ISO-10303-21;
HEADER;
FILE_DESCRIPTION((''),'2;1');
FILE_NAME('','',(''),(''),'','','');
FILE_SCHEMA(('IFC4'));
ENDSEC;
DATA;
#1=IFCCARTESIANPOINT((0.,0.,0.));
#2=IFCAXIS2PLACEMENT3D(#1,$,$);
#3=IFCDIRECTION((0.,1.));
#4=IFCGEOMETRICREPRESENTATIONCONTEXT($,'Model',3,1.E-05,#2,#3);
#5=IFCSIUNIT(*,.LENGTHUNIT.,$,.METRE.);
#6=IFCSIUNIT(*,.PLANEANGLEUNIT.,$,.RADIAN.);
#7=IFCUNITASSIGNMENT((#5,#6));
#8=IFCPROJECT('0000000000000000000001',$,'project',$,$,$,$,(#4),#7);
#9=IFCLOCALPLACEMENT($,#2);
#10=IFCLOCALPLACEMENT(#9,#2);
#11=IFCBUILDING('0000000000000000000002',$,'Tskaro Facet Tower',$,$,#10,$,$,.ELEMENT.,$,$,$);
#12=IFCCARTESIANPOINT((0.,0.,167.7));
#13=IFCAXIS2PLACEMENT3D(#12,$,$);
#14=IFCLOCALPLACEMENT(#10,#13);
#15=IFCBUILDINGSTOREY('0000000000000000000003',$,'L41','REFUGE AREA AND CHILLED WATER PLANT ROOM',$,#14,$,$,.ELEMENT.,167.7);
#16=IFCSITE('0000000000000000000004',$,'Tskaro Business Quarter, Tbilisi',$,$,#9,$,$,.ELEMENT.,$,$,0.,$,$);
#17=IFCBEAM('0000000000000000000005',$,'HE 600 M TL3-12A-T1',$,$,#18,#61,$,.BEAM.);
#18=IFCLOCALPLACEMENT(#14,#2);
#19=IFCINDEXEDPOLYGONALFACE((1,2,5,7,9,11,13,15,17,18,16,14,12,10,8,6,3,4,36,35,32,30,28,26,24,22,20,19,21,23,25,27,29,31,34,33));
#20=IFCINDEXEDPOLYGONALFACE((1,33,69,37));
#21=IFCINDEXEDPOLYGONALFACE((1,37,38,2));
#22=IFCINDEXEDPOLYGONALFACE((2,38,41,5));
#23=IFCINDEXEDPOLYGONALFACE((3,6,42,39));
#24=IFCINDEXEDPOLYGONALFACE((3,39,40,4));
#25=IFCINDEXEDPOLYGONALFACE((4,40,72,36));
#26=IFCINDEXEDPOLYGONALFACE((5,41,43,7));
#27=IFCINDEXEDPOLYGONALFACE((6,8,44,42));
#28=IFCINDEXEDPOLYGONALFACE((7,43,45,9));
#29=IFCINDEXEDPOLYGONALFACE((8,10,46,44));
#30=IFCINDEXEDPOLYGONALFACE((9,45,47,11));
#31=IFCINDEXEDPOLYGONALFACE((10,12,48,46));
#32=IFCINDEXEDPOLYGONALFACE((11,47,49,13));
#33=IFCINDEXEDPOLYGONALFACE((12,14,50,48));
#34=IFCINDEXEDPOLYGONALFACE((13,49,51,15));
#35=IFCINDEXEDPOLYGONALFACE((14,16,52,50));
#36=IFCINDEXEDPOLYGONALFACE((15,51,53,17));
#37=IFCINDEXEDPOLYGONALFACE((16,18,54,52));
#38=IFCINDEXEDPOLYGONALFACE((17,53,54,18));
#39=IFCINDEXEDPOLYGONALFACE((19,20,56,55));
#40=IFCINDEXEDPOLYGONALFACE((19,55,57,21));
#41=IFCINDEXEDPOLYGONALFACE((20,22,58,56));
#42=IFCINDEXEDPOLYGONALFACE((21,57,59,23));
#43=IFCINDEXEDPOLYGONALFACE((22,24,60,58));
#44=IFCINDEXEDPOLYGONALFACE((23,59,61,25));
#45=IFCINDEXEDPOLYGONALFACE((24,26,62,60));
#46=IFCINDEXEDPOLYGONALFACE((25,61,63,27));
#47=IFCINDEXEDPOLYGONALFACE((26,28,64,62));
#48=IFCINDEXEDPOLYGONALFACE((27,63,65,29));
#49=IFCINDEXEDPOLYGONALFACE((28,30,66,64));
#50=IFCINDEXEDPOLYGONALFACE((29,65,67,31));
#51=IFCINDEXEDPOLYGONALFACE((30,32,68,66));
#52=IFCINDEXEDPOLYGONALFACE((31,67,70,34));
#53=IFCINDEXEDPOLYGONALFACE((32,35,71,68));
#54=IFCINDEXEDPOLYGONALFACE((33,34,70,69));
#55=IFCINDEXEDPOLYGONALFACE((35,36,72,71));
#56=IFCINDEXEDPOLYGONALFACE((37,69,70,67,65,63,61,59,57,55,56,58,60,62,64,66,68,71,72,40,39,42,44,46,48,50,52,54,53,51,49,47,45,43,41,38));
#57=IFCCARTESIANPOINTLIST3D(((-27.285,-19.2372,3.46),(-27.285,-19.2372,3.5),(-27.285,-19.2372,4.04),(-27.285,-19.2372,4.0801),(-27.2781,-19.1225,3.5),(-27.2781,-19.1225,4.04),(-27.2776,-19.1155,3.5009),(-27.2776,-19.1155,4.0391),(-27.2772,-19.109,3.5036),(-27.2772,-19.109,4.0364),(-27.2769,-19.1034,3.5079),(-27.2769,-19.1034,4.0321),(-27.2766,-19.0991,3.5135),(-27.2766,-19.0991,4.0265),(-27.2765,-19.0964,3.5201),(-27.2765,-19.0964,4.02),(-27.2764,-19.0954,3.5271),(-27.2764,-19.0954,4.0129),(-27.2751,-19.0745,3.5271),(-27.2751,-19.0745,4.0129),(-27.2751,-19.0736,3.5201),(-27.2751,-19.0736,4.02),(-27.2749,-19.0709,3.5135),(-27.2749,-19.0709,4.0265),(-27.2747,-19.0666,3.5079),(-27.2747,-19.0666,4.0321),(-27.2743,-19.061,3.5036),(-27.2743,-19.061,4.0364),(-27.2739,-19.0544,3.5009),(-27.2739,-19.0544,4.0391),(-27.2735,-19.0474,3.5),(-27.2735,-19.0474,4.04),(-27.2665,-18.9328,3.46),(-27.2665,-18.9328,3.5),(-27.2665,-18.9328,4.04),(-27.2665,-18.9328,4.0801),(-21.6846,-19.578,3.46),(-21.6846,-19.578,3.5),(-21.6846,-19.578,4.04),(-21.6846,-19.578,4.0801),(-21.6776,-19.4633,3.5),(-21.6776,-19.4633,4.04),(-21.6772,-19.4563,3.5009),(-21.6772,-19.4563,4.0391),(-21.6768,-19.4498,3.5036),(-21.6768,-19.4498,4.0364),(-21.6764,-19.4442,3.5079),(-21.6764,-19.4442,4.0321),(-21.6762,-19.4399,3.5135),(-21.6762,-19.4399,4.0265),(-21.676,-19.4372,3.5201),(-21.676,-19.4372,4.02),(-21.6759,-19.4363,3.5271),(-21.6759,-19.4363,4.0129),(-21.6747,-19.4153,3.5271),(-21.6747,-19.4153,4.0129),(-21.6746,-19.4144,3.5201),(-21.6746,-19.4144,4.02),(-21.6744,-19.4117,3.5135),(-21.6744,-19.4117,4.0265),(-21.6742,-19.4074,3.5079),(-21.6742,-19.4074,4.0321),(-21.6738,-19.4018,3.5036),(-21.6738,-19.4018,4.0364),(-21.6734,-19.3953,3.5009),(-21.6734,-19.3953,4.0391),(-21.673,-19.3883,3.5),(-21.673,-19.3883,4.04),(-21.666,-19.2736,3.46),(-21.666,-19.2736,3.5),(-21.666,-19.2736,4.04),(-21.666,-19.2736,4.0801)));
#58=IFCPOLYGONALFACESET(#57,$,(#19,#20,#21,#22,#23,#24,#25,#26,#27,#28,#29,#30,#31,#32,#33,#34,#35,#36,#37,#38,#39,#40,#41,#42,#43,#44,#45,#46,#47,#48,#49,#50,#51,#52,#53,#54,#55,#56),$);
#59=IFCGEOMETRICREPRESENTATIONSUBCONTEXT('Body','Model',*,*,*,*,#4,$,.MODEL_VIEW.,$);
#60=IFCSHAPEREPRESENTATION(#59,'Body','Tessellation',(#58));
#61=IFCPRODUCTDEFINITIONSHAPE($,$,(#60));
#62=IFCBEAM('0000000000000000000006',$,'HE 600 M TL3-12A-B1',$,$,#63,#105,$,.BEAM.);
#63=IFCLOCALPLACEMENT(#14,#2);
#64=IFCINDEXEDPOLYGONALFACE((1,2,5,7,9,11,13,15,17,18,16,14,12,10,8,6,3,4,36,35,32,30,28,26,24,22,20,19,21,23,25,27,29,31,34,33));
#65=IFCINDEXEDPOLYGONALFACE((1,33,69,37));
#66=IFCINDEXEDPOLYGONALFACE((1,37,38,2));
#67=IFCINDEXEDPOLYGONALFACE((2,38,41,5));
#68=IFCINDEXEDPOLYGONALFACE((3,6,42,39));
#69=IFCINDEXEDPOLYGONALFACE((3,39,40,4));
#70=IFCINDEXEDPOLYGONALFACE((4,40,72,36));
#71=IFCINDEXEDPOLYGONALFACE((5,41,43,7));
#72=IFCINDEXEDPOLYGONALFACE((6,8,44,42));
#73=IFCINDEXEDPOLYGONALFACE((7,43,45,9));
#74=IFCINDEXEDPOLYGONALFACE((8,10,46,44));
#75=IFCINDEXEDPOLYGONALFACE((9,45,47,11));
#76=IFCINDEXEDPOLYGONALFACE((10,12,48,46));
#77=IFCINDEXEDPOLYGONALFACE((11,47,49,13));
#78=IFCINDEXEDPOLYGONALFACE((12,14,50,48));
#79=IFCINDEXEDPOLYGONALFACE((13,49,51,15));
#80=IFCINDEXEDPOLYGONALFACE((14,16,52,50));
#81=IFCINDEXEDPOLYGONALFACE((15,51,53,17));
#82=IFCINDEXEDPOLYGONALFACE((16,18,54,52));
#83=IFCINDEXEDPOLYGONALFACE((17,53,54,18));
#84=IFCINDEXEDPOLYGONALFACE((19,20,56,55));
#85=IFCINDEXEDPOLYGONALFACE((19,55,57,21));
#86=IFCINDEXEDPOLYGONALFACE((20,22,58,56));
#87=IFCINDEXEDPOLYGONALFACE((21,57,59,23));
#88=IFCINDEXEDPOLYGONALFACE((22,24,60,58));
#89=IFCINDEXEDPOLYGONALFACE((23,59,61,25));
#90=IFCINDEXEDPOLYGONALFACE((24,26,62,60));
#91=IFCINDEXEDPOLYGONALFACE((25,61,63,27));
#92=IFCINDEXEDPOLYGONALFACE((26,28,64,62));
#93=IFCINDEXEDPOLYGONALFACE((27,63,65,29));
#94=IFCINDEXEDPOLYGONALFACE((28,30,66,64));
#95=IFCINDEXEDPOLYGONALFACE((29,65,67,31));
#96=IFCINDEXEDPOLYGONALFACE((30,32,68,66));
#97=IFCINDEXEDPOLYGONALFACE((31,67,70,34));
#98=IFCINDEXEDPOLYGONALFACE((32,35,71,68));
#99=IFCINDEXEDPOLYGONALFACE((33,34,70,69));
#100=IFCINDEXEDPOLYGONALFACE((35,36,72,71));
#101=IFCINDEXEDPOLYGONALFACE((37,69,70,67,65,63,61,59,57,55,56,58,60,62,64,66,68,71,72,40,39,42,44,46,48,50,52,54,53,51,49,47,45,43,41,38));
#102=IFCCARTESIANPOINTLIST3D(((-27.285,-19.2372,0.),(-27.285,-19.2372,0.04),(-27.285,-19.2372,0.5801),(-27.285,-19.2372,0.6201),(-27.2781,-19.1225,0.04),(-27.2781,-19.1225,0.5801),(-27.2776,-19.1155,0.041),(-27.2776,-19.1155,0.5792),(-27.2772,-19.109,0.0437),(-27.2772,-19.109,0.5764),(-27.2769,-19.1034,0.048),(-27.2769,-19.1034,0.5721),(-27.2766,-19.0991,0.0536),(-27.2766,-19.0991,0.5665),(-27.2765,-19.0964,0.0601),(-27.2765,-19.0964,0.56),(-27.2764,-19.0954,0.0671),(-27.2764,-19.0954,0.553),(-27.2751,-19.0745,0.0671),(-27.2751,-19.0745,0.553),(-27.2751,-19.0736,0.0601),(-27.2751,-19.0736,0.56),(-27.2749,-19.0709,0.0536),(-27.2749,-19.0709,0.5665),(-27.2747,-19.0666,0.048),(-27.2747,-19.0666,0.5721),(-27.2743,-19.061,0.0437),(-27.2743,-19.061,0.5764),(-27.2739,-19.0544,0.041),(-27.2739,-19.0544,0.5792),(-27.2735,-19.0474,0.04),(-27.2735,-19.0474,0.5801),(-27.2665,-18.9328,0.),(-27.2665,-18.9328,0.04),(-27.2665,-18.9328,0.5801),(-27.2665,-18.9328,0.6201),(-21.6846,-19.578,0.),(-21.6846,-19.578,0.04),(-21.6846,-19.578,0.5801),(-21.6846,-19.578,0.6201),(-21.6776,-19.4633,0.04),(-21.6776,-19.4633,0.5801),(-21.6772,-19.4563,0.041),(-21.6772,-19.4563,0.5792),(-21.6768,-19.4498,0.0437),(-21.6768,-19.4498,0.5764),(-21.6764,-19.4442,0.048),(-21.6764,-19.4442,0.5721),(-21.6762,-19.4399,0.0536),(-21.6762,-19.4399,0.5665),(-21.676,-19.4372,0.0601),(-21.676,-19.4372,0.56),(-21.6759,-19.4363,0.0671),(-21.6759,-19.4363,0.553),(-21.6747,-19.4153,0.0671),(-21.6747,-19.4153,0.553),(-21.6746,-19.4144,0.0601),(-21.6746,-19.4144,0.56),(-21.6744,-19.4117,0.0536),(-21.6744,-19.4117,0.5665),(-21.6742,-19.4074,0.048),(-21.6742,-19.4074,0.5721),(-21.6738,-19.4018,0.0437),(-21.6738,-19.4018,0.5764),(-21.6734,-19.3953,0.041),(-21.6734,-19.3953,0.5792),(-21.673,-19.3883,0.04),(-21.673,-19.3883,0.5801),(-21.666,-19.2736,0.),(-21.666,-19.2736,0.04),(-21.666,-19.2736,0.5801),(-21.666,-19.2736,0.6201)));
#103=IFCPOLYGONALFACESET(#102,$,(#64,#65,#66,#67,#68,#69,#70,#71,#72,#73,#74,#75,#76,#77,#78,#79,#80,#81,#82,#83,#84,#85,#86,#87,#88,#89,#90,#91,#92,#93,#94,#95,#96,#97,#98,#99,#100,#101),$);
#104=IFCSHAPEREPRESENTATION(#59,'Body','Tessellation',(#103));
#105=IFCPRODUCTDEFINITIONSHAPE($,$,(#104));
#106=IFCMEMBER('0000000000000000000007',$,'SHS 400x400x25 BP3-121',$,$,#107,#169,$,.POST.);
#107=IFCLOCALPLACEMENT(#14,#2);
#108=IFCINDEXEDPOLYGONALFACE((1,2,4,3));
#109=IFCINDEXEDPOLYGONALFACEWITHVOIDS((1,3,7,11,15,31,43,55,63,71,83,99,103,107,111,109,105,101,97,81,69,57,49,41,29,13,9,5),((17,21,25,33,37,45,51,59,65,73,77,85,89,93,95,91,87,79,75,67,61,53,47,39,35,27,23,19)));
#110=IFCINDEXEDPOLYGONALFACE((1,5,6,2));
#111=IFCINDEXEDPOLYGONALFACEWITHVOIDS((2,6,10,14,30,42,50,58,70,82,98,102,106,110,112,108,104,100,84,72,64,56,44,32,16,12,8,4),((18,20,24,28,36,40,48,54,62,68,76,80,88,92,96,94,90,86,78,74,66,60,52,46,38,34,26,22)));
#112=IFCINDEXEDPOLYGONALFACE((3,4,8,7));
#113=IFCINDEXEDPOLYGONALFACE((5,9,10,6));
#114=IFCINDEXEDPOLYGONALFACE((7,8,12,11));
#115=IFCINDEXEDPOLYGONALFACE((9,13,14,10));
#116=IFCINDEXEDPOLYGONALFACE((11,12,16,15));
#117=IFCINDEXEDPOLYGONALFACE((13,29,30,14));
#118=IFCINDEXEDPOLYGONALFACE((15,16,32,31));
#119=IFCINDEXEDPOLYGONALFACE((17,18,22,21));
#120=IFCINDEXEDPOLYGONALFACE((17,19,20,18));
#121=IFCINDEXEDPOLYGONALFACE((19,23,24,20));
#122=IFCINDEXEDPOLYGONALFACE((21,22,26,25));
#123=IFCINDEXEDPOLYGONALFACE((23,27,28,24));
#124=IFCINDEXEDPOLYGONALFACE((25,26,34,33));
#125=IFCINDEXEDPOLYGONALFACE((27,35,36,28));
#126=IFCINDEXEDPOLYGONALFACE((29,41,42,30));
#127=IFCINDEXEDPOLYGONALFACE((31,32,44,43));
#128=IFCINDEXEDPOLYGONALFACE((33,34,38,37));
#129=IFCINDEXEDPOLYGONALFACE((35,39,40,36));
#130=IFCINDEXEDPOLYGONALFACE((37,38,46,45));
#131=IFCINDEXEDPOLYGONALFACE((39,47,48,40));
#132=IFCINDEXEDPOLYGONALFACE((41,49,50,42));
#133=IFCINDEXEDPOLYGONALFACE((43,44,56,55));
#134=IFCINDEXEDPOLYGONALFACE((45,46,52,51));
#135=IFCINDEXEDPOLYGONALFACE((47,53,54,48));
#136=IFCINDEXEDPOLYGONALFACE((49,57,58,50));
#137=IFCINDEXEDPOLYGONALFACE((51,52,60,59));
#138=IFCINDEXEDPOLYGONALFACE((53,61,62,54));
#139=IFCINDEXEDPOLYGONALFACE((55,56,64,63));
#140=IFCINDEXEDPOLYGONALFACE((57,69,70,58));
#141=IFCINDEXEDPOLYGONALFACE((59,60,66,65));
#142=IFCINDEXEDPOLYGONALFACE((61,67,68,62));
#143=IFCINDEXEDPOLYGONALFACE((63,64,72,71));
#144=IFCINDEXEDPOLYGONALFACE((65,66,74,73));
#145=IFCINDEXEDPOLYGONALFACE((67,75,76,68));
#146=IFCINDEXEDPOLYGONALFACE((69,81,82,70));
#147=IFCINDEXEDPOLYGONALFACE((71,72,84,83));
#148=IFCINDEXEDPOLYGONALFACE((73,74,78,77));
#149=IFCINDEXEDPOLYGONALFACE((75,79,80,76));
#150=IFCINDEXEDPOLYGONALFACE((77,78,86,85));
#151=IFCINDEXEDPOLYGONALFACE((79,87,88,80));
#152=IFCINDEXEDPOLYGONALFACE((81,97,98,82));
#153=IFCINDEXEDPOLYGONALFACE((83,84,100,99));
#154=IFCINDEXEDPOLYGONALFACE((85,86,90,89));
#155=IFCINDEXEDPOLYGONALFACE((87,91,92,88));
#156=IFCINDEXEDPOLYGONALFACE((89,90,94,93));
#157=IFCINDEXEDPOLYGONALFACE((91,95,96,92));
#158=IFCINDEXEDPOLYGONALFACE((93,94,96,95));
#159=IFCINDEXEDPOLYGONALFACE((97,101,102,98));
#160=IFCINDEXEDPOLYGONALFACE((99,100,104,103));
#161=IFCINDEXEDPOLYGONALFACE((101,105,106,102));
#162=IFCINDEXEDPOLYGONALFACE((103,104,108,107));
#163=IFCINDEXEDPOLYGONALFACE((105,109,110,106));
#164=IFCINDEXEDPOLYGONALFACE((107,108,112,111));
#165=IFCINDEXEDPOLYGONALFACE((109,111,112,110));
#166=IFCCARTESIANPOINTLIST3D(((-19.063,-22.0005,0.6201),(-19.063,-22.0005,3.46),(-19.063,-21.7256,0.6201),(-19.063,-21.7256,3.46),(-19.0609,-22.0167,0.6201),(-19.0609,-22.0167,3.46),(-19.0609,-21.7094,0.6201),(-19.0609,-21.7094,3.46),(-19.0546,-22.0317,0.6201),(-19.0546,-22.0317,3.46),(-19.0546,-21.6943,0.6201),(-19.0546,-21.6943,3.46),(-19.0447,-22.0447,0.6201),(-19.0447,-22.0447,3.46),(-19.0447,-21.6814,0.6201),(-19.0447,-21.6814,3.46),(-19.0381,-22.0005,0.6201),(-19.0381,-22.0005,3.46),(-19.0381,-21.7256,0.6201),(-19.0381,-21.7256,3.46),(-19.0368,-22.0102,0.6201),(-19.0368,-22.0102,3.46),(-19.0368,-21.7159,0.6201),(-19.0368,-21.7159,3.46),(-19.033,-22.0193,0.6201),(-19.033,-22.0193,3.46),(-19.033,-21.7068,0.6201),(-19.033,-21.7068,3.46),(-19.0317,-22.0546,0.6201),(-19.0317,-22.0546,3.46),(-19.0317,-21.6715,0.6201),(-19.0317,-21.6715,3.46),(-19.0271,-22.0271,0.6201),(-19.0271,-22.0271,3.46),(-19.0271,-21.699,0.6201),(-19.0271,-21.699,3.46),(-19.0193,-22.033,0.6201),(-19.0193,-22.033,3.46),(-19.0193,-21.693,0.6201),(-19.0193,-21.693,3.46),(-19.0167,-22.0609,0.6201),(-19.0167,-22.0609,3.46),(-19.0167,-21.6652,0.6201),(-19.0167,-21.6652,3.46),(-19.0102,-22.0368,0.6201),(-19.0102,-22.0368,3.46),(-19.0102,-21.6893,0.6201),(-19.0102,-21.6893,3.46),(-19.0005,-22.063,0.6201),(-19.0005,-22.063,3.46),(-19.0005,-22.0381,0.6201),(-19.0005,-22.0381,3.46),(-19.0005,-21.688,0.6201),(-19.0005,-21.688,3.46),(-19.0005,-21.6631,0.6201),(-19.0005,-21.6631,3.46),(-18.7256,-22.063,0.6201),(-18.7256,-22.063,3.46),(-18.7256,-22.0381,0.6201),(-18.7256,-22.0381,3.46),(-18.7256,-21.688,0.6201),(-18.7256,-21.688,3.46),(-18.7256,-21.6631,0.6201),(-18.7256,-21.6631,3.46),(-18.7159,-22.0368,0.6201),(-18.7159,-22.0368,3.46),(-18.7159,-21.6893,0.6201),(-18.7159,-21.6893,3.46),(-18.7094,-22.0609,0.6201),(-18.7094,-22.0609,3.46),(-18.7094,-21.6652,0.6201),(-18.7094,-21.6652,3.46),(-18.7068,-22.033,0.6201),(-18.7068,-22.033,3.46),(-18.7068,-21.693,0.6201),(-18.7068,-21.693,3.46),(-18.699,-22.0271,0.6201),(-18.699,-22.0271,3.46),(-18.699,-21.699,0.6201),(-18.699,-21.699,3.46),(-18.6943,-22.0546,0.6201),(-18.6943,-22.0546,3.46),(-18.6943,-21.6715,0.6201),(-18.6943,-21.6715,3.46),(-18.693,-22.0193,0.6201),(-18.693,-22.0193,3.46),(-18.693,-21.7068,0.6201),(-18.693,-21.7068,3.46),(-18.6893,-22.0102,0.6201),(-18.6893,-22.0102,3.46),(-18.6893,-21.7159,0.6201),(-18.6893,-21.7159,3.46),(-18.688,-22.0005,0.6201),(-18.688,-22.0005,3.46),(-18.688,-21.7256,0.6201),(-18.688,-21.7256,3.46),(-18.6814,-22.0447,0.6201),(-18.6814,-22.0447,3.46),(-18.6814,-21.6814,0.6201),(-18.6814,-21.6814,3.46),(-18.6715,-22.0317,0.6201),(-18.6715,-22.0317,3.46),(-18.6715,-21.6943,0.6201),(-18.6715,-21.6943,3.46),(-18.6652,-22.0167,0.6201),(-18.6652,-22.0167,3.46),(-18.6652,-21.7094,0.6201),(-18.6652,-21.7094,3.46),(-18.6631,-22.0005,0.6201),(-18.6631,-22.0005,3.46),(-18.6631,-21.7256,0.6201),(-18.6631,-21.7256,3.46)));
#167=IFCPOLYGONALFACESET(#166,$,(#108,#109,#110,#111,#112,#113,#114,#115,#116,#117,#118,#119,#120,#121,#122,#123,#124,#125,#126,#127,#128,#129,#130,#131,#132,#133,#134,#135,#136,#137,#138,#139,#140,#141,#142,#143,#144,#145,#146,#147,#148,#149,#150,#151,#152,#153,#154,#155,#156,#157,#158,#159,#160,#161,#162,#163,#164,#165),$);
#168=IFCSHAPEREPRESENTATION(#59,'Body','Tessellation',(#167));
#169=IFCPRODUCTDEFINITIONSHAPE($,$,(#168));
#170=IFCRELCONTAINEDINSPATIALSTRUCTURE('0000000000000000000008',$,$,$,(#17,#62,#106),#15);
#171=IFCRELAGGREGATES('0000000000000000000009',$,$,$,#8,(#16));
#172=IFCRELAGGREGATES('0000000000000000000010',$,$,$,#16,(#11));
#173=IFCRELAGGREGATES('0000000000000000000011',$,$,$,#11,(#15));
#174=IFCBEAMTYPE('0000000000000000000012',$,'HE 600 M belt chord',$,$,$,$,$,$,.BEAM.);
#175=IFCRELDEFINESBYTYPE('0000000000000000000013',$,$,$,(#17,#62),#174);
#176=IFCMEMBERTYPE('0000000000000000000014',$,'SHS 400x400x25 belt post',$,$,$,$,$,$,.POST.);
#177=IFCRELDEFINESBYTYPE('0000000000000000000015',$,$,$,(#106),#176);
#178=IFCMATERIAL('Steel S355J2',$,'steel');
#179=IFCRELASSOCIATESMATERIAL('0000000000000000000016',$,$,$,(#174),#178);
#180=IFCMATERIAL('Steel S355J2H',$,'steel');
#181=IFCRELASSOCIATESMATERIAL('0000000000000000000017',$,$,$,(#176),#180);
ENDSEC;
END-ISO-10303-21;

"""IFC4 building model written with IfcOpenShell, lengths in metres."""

from ifc_helpers import new_model, si_unit, direction, frame, origin, origin_2d, place, context, subcontext, project, spatial, hollow_rectangle, i_section, extrude, material, material_profile, profile_set, type_object, element, save


model = new_model("IFC4")

# Units and contexts
model_context = context("Model", 3, precision=1e-05, world=origin(), true_north=direction((0.0, 1.0)))
body_context = subcontext(model_context, "Body", "Model", "MODEL_VIEW")
ifc_project = project(units=[si_unit("LENGTHUNIT", "METRE"), si_unit("PLANEANGLEUNIT", "RADIAN")], contexts=[model_context])

# Site, building, storey
site_placement = place(None, origin())
site = spatial("IfcSite", under=ifc_project, at=site_placement, Name="Tskaro Business Quarter, Tbilisi", CompositionType="ELEMENT", RefElevation=0.0)
building_placement = place(site_placement, origin())
building = spatial("IfcBuilding", under=site, at=building_placement, Name="Tskaro Facet Tower", CompositionType="ELEMENT")
storey_placement = place(building_placement, frame((0.0, 0.0, 167.7)))
storey = spatial("IfcBuildingStorey", under=building, at=storey_placement, Name="L41", Description="REFUGE AREA AND CHILLED WATER PLANT ROOM", CompositionType="ELEMENT", Elevation=167.7)

# Shared definitions
ifc_material_1 = material(Name="Steel S355J2H", Category="steel")

# Shared definitions
ifc_material_2 = material(Name="Steel S355J2", Category="steel")

# Beams
ifc_material_profile_1 = material_profile(ifc_material_2, i_section(OverallWidth=0.3049, OverallDepth=0.6201, WebThickness=0.021, FlangeThickness=0.04, FilletRadius=0.0271, at=origin_2d()), Name="HE 600 M")
ifc_profile_set_1 = profile_set([ifc_material_profile_1], Name="Steel S355J2")
beam_type_1 = type_object("IfcBeamType", Name="HE 600 M belt chord", PredefinedType="BEAM", material=ifc_profile_set_1)
for number, where, z_axis, x_axis, name in (
    (1, (-21.6753, -19.4258, 3.77), (-0.998153, 0.060742, 0.0), (-0.060742, -0.998153, 0.0), "HE 600 M TL3-12A-T1"),
    (2, (-21.6753, -19.4258, 0.3101), (-0.998153, 0.060742, 0.0), (-0.060742, -0.998153, 0.0), "HE 600 M TL3-12A-B1"),
):
    element("IfcBeam", number, at=place(storey_placement, frame(where, z_axis=z_axis, x_axis=x_axis)), inside=storey, type_object=beam_type_1, Name=name, PredefinedType="BEAM", context=body_context, shape_type="SweptSolid", body=[
        extrude(i_section(OverallWidth=0.3049, OverallDepth=0.6201, WebThickness=0.021, FlangeThickness=0.04, FilletRadius=0.0271, at=origin_2d()), origin(), (0.0, 0.0, 1.0), 5.6108),
    ])

# Member
ifc_material_profile_2 = material_profile(ifc_material_1, hollow_rectangle(XDim=0.3999, YDim=0.3999, WallThickness=0.0249, InnerFilletRadius=0.0376, OuterFilletRadius=0.0625, at=origin_2d()), Name="SHS 400x400x25")
ifc_profile_set_2 = profile_set([ifc_material_profile_2], Name="Steel S355J2H")
member_type_1 = type_object("IfcMemberType", Name="SHS 400x400x25 belt post", PredefinedType="POST", material=ifc_profile_set_2)
for number, where, z_axis, x_axis, name in (
    (3, (-18.863, -21.863, 0.6201), (0.0, 0.0, 1.0), (1.0, 0.0, 0.0), "SHS 400x400x25 BP3-121"),
):
    element("IfcMember", number, at=place(storey_placement, frame(where, z_axis=z_axis, x_axis=x_axis)), inside=storey, type_object=member_type_1, Name=name, PredefinedType="POST", context=body_context, shape_type="SweptSolid", body=[
        extrude(hollow_rectangle(XDim=0.3999, YDim=0.3999, WallThickness=0.0249, InnerFilletRadius=0.0376, OuterFilletRadius=0.0625, at=origin_2d()), origin(), (0.0, 0.0, 1.0), 2.8398),
    ])

save(model, "model.ifc")
